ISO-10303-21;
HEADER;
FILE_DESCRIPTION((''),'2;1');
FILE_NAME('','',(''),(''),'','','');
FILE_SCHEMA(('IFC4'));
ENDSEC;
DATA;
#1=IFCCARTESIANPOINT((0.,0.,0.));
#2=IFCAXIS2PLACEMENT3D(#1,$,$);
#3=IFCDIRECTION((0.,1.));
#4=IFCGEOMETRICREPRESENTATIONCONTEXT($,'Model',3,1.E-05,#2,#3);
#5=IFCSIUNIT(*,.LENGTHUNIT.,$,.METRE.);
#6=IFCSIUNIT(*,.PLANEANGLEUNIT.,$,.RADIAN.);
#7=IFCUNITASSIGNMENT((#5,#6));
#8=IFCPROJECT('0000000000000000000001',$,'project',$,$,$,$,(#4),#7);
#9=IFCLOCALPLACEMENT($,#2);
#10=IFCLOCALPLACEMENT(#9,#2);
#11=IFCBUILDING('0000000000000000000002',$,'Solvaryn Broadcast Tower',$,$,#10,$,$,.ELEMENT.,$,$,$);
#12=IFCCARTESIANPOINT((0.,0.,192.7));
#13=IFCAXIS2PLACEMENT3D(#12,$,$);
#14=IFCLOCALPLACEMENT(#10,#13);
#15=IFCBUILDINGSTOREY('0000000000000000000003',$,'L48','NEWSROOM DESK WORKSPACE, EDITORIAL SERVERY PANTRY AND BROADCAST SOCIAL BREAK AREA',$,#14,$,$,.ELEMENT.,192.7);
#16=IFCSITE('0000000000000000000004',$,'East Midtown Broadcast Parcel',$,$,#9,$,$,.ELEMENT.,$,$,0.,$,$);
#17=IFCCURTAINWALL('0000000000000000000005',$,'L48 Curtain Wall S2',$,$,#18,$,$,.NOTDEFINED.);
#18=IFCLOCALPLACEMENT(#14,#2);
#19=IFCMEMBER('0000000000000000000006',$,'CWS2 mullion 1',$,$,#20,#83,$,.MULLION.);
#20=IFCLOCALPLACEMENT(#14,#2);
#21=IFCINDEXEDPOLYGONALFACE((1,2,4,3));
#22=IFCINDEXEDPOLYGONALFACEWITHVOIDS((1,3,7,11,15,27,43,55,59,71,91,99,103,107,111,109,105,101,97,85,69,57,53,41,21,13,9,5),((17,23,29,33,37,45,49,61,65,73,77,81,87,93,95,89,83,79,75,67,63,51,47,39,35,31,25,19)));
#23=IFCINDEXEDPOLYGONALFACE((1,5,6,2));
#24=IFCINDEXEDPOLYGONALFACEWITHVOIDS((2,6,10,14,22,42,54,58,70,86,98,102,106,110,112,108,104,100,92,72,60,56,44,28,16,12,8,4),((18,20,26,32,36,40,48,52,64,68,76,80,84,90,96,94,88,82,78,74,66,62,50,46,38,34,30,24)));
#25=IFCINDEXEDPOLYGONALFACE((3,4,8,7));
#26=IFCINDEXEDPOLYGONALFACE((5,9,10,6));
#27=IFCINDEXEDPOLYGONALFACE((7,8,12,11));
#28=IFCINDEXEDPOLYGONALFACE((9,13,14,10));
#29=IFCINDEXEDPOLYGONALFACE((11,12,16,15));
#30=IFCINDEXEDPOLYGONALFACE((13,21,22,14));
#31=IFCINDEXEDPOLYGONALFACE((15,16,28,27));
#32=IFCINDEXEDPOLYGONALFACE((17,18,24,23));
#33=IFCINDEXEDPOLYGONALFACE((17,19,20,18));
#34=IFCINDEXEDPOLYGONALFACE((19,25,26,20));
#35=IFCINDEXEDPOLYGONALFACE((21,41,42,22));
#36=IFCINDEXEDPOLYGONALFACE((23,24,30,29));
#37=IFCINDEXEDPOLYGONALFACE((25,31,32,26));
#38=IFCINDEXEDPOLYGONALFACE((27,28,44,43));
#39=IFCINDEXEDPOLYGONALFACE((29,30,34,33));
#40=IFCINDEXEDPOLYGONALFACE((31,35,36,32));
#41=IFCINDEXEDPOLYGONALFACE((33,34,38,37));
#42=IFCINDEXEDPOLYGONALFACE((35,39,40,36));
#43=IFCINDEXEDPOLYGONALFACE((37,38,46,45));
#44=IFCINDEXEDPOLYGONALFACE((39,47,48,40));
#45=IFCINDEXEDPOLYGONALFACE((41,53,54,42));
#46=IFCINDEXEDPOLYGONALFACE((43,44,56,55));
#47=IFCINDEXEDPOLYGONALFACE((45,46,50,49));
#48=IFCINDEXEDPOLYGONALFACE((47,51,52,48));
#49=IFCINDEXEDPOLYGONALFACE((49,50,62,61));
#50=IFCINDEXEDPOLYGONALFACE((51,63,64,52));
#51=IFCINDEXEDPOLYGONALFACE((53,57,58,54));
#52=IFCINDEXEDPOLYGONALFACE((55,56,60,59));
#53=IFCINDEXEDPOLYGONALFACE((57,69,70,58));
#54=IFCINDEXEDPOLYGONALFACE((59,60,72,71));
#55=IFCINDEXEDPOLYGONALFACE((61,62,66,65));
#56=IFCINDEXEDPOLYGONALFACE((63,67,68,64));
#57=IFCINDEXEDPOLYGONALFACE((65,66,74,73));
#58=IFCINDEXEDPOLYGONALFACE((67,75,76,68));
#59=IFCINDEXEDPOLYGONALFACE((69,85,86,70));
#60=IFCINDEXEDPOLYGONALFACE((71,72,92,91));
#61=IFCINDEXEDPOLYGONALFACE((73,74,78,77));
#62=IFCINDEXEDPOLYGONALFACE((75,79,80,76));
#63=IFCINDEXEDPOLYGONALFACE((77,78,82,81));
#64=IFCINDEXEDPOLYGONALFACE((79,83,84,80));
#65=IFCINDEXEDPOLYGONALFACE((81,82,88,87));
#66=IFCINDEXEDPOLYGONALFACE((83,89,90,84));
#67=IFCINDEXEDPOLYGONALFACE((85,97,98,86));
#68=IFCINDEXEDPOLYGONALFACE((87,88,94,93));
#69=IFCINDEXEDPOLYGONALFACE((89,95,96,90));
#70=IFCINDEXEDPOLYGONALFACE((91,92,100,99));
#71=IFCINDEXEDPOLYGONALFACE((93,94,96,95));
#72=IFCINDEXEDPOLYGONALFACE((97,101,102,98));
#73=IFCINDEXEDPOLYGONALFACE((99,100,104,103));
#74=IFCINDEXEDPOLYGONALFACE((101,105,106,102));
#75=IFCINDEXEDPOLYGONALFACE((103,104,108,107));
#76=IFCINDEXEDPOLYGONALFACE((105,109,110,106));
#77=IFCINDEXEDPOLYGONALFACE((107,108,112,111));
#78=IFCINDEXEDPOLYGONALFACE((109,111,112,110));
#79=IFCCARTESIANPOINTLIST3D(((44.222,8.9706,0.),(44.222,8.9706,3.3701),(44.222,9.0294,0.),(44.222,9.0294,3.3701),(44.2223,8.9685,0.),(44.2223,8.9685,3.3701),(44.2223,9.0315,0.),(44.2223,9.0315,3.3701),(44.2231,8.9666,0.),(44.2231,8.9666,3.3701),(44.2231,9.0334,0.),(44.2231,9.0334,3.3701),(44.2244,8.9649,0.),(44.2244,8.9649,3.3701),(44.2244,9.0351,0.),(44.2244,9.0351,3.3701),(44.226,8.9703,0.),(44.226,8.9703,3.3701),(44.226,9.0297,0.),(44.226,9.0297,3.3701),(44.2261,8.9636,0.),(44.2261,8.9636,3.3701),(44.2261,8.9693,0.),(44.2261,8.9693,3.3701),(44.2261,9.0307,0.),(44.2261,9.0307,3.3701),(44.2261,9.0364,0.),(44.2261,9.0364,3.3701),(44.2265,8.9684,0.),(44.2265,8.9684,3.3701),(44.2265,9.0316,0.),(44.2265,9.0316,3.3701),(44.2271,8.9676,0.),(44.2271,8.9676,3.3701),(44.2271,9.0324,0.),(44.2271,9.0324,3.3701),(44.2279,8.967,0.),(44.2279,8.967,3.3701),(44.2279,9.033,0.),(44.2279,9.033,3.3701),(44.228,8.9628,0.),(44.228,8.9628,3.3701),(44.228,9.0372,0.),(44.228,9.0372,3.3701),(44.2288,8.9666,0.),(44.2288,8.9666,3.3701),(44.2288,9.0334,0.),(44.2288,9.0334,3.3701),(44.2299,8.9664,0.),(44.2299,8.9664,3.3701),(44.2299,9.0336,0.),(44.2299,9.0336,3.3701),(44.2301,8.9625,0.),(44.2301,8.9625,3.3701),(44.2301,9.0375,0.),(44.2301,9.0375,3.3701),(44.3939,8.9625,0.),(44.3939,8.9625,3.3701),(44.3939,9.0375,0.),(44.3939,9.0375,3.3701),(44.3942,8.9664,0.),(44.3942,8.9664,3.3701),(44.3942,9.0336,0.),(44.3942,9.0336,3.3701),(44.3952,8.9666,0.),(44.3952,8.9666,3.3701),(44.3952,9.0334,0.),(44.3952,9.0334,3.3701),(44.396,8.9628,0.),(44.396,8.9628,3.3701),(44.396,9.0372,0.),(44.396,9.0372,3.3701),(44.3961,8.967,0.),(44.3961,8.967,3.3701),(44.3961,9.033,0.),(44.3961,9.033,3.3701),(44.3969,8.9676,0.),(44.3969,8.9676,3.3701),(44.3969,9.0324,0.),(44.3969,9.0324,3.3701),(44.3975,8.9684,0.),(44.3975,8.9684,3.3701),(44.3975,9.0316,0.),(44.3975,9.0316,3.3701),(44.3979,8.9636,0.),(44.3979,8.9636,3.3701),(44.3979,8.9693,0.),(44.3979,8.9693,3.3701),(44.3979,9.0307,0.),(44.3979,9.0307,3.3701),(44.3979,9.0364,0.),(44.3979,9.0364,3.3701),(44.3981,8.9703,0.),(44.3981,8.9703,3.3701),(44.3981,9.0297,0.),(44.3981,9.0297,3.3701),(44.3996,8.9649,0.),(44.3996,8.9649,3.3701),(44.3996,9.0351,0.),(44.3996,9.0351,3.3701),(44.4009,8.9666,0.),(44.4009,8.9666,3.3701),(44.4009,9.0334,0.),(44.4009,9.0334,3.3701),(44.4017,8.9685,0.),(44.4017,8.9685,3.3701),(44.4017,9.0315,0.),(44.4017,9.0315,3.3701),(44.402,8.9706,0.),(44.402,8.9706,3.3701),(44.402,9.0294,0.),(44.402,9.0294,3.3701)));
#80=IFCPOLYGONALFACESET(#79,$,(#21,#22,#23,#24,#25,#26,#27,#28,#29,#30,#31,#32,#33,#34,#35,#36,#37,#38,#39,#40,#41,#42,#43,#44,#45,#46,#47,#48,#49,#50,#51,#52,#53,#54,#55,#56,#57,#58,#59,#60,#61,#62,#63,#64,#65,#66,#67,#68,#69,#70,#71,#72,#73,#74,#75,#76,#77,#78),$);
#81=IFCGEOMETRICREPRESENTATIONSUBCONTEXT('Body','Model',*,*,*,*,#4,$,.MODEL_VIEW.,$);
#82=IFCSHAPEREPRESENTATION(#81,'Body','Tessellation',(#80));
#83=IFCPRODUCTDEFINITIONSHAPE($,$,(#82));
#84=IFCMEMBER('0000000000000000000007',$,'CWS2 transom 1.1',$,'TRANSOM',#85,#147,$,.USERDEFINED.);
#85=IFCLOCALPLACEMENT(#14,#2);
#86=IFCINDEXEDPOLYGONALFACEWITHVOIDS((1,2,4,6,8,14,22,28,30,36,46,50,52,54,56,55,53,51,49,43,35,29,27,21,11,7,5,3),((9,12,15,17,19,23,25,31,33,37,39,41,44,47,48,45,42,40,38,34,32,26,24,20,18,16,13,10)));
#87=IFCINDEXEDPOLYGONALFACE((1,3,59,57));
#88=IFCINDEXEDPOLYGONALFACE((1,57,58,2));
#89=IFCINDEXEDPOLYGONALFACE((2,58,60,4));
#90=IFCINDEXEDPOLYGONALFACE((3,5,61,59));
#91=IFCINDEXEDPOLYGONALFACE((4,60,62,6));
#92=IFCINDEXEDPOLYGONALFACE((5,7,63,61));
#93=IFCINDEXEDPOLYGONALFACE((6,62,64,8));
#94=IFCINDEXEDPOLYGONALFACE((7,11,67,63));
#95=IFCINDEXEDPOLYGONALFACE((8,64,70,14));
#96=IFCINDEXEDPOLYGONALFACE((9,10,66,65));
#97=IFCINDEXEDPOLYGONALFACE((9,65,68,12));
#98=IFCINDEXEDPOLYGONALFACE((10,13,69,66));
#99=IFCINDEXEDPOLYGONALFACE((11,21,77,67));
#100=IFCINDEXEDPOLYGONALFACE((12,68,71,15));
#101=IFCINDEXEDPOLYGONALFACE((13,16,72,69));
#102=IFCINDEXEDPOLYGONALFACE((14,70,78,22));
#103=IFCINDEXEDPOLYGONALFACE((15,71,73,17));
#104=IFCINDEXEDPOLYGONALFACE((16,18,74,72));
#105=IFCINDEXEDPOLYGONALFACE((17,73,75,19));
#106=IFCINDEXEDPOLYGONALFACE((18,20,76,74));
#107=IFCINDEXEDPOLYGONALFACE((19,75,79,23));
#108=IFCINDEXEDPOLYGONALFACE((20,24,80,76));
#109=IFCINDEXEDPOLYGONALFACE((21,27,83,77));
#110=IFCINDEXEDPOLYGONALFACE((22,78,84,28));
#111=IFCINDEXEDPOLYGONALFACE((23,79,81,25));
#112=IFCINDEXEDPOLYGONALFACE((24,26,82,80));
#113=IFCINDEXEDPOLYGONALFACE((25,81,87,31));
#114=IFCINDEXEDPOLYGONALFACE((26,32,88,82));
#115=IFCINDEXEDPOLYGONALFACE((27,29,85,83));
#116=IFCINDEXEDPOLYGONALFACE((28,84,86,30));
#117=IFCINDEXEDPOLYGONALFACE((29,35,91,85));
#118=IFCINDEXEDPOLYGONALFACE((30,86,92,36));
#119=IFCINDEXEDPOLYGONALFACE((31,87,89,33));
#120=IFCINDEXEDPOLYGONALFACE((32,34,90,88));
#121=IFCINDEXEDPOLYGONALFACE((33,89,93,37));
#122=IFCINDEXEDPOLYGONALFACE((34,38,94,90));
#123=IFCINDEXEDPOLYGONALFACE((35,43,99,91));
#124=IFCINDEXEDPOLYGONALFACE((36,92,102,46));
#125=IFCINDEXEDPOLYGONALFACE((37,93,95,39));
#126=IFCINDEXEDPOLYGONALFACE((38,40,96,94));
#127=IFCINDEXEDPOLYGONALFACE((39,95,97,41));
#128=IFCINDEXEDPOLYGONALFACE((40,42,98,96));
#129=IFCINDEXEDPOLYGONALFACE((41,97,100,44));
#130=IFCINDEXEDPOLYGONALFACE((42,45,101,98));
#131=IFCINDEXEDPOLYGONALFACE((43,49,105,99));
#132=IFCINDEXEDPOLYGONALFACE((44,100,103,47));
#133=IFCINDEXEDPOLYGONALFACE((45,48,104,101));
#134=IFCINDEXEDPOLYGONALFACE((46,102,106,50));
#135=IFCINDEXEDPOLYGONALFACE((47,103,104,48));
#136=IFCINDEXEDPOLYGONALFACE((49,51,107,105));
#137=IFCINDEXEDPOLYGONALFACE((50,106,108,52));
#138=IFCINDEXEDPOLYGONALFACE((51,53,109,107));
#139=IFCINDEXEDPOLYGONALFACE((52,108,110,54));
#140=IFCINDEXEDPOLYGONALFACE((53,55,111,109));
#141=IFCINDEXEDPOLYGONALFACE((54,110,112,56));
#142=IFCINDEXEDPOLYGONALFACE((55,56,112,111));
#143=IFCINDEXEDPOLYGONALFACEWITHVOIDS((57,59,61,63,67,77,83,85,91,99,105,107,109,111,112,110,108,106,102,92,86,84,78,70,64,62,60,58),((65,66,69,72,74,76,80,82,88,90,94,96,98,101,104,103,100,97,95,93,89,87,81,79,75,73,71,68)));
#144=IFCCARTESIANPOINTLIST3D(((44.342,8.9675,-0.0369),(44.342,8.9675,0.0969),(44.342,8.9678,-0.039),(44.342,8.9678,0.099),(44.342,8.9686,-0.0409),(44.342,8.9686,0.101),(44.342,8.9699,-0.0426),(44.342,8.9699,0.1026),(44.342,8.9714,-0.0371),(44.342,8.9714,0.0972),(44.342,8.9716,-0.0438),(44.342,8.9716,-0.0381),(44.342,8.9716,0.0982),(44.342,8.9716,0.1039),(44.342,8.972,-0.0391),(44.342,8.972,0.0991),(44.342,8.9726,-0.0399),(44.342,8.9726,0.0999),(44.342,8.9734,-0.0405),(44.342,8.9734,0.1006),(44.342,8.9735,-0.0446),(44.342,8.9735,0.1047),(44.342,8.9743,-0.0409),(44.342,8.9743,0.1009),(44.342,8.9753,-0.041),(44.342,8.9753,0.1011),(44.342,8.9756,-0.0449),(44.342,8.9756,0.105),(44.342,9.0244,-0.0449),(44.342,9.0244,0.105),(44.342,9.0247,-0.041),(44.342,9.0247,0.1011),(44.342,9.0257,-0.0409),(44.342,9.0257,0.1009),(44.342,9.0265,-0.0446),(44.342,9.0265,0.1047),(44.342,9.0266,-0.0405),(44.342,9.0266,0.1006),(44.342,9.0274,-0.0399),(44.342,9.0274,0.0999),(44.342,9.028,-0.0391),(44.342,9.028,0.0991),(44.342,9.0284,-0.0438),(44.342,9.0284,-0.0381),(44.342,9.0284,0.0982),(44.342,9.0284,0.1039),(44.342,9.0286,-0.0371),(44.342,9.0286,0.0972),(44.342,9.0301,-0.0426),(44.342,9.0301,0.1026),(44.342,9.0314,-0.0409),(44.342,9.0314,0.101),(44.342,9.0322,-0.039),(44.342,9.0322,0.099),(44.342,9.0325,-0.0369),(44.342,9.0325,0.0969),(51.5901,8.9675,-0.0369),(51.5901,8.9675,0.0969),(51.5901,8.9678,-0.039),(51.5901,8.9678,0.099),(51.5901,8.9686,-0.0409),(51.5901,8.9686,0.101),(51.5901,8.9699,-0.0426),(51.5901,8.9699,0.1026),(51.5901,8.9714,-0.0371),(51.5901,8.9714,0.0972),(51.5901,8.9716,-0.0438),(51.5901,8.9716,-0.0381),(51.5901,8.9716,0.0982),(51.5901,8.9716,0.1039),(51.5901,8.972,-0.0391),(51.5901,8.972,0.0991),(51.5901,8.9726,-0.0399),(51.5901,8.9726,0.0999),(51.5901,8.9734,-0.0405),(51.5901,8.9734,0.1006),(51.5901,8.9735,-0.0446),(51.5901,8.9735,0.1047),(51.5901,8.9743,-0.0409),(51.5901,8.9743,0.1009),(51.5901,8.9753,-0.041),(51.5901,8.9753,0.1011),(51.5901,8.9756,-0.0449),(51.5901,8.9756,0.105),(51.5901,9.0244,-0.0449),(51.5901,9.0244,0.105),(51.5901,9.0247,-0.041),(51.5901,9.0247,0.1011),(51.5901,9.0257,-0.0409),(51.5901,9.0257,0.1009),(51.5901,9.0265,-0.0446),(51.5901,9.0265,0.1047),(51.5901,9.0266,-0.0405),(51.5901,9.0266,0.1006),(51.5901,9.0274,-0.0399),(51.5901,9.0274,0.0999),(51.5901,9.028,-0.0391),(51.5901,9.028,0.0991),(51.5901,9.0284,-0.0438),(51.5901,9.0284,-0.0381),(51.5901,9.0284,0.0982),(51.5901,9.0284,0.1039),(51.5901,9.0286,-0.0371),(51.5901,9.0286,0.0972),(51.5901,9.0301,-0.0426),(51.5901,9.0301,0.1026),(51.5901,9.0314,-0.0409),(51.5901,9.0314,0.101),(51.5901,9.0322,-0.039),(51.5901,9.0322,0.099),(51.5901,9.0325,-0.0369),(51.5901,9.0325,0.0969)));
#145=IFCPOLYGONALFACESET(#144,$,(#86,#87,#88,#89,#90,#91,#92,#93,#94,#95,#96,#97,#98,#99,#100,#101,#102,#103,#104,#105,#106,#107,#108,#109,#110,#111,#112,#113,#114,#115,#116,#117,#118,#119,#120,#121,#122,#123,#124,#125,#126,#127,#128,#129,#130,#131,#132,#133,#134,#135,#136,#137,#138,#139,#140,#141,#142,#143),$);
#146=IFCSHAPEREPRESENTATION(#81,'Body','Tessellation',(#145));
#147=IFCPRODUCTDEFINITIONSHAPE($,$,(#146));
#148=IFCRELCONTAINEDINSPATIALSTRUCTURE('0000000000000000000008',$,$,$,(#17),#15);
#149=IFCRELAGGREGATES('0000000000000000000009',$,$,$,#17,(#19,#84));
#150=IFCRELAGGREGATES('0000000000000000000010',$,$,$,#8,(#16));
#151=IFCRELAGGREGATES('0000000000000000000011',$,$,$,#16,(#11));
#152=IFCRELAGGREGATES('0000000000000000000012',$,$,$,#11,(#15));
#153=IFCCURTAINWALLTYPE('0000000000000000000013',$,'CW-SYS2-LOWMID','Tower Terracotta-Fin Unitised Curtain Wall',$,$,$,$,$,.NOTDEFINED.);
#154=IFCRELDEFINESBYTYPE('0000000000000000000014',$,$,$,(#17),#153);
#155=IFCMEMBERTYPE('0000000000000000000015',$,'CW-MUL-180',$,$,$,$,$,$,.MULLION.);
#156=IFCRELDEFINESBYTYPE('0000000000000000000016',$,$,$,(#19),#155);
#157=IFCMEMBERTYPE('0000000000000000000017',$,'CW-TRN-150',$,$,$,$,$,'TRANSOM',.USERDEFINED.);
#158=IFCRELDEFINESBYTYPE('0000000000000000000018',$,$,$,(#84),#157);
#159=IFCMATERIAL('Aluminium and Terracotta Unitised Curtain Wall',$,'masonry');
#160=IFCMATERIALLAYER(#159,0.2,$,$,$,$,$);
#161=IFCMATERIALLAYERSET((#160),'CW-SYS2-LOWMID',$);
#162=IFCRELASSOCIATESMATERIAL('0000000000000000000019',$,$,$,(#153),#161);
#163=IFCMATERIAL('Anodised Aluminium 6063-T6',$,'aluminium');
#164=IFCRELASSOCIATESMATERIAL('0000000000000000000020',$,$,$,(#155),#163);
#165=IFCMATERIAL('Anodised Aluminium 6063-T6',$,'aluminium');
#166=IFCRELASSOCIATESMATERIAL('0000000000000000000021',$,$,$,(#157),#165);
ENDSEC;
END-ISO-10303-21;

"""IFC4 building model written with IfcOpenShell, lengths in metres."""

from ifc_helpers import new_model, si_unit, direction, frame, origin, origin_2d, place, context, subcontext, project, spatial, hollow_rectangle, extrude, material, layer, layer_set, material_profile, profile_set, type_object, element, aggregate, save


model = new_model("IFC4")

# Units and contexts
model_context = context("Model", 3, precision=1e-05, world=origin(), true_north=direction((0.0, 1.0)))
body_context = subcontext(model_context, "Body", "Model", "MODEL_VIEW")
ifc_project = project(units=[si_unit("LENGTHUNIT", "METRE"), si_unit("PLANEANGLEUNIT", "RADIAN")], contexts=[model_context])

# Site, building, storey
site_placement = place(None, origin())
site = spatial("IfcSite", under=ifc_project, at=site_placement, Name="East Midtown Broadcast Parcel", CompositionType="ELEMENT", RefElevation=0.0)
building_placement = place(site_placement, origin())
building = spatial("IfcBuilding", under=site, at=building_placement, Name="Solvaryn Broadcast Tower", CompositionType="ELEMENT")
storey_placement = place(building_placement, frame((0.0, 0.0, 192.7)))
storey = spatial("IfcBuildingStorey", under=building, at=storey_placement, Name="L48", Description="NEWSROOM DESK WORKSPACE, EDITORIAL SERVERY PANTRY AND BROADCAST SOCIAL BREAK AREA", CompositionType="ELEMENT", Elevation=192.7)

# Shared definitions
ifc_material_1 = material(Name="Aluminium and Terracotta Unitised Curtain Wall", Category="masonry")
ifc_layer_1 = layer(ifc_material_1, 0.2)
ifc_layer_set_1 = layer_set([ifc_layer_1], Name="CW-SYS2-LOWMID")
curtain_wall_type = type_object("IfcCurtainWallType", Name="CW-SYS2-LOWMID", Description="Tower Terracotta-Fin Unitised Curtain Wall", PredefinedType="NOTDEFINED", material=ifc_layer_set_1)
ifc_material_2 = material(Name="Anodised Aluminium 6063-T6", Category="aluminium")
ifc_material_profile_1 = material_profile(ifc_material_2, hollow_rectangle(XDim=0.075, YDim=0.1799, WallThickness=0.0039, InnerFilletRadius=0.0039, OuterFilletRadius=0.0081, at=origin_2d()))
ifc_profile_set_1 = profile_set([ifc_material_profile_1], Name="Anodised Aluminium 6063-T6")
member_type_1 = type_object("IfcMemberType", Name="CW-MUL-180", PredefinedType="MULLION", material=ifc_profile_set_1)

# Curtain wall, members
curtain_wall_1_placement = place(storey_placement, origin())
curtain_wall_1 = element("IfcCurtainWall", 1, at=curtain_wall_1_placement, inside=storey, type_object=curtain_wall_type, Name="L48 Curtain Wall S2", PredefinedType="NOTDEFINED")
member_1_placement = place(storey_placement, frame((44.312, 9.0, 0.0), z_axis=(0.0, 0.0, 1.0), x_axis=(0.0, 1.0, 0.0)))
member_1 = element("IfcMember", 2, at=member_1_placement, type_object=member_type_1, Name="CWS2 mullion 1", PredefinedType="MULLION", context=body_context, shape_type="SweptSolid", body=[
    extrude(hollow_rectangle(XDim=0.075, YDim=0.1799, WallThickness=0.0039, InnerFilletRadius=0.0039, OuterFilletRadius=0.0081, at=origin_2d()), origin(), (0.0, 0.0, 1.0), 3.3701),
])
ifc_material_3 = material(Name="Anodised Aluminium 6063-T6", Category="aluminium")
ifc_material_profile_2 = material_profile(ifc_material_3, hollow_rectangle(XDim=0.0649, YDim=0.1499, WallThickness=0.0039, InnerFilletRadius=0.0039, OuterFilletRadius=0.0081, at=origin_2d()))
ifc_profile_set_2 = profile_set([ifc_material_profile_2], Name="Anodised Aluminium 6063-T6")
member_type_2 = type_object("IfcMemberType", Name="CW-TRN-150", ElementType="TRANSOM", PredefinedType="USERDEFINED", material=ifc_profile_set_2)
member_2_placement = place(storey_placement, frame((44.342, 9.0, 0.03), z_axis=(1.0, 0.0, 0.0), x_axis=(0.0, 1.0, 0.0)))
member_2 = element("IfcMember", 3, at=member_2_placement, type_object=member_type_2, Name="CWS2 transom 1.1", ObjectType="TRANSOM", PredefinedType="USERDEFINED", context=body_context, shape_type="SweptSolid", body=[
    extrude(hollow_rectangle(XDim=0.0649, YDim=0.1499, WallThickness=0.0039, InnerFilletRadius=0.0039, OuterFilletRadius=0.0081, at=origin_2d()), origin(), (0.0, 0.0, 1.0), 7.248),
])
aggregate(curtain_wall_1, [member_1, member_2])

save(model, "model.ifc")
